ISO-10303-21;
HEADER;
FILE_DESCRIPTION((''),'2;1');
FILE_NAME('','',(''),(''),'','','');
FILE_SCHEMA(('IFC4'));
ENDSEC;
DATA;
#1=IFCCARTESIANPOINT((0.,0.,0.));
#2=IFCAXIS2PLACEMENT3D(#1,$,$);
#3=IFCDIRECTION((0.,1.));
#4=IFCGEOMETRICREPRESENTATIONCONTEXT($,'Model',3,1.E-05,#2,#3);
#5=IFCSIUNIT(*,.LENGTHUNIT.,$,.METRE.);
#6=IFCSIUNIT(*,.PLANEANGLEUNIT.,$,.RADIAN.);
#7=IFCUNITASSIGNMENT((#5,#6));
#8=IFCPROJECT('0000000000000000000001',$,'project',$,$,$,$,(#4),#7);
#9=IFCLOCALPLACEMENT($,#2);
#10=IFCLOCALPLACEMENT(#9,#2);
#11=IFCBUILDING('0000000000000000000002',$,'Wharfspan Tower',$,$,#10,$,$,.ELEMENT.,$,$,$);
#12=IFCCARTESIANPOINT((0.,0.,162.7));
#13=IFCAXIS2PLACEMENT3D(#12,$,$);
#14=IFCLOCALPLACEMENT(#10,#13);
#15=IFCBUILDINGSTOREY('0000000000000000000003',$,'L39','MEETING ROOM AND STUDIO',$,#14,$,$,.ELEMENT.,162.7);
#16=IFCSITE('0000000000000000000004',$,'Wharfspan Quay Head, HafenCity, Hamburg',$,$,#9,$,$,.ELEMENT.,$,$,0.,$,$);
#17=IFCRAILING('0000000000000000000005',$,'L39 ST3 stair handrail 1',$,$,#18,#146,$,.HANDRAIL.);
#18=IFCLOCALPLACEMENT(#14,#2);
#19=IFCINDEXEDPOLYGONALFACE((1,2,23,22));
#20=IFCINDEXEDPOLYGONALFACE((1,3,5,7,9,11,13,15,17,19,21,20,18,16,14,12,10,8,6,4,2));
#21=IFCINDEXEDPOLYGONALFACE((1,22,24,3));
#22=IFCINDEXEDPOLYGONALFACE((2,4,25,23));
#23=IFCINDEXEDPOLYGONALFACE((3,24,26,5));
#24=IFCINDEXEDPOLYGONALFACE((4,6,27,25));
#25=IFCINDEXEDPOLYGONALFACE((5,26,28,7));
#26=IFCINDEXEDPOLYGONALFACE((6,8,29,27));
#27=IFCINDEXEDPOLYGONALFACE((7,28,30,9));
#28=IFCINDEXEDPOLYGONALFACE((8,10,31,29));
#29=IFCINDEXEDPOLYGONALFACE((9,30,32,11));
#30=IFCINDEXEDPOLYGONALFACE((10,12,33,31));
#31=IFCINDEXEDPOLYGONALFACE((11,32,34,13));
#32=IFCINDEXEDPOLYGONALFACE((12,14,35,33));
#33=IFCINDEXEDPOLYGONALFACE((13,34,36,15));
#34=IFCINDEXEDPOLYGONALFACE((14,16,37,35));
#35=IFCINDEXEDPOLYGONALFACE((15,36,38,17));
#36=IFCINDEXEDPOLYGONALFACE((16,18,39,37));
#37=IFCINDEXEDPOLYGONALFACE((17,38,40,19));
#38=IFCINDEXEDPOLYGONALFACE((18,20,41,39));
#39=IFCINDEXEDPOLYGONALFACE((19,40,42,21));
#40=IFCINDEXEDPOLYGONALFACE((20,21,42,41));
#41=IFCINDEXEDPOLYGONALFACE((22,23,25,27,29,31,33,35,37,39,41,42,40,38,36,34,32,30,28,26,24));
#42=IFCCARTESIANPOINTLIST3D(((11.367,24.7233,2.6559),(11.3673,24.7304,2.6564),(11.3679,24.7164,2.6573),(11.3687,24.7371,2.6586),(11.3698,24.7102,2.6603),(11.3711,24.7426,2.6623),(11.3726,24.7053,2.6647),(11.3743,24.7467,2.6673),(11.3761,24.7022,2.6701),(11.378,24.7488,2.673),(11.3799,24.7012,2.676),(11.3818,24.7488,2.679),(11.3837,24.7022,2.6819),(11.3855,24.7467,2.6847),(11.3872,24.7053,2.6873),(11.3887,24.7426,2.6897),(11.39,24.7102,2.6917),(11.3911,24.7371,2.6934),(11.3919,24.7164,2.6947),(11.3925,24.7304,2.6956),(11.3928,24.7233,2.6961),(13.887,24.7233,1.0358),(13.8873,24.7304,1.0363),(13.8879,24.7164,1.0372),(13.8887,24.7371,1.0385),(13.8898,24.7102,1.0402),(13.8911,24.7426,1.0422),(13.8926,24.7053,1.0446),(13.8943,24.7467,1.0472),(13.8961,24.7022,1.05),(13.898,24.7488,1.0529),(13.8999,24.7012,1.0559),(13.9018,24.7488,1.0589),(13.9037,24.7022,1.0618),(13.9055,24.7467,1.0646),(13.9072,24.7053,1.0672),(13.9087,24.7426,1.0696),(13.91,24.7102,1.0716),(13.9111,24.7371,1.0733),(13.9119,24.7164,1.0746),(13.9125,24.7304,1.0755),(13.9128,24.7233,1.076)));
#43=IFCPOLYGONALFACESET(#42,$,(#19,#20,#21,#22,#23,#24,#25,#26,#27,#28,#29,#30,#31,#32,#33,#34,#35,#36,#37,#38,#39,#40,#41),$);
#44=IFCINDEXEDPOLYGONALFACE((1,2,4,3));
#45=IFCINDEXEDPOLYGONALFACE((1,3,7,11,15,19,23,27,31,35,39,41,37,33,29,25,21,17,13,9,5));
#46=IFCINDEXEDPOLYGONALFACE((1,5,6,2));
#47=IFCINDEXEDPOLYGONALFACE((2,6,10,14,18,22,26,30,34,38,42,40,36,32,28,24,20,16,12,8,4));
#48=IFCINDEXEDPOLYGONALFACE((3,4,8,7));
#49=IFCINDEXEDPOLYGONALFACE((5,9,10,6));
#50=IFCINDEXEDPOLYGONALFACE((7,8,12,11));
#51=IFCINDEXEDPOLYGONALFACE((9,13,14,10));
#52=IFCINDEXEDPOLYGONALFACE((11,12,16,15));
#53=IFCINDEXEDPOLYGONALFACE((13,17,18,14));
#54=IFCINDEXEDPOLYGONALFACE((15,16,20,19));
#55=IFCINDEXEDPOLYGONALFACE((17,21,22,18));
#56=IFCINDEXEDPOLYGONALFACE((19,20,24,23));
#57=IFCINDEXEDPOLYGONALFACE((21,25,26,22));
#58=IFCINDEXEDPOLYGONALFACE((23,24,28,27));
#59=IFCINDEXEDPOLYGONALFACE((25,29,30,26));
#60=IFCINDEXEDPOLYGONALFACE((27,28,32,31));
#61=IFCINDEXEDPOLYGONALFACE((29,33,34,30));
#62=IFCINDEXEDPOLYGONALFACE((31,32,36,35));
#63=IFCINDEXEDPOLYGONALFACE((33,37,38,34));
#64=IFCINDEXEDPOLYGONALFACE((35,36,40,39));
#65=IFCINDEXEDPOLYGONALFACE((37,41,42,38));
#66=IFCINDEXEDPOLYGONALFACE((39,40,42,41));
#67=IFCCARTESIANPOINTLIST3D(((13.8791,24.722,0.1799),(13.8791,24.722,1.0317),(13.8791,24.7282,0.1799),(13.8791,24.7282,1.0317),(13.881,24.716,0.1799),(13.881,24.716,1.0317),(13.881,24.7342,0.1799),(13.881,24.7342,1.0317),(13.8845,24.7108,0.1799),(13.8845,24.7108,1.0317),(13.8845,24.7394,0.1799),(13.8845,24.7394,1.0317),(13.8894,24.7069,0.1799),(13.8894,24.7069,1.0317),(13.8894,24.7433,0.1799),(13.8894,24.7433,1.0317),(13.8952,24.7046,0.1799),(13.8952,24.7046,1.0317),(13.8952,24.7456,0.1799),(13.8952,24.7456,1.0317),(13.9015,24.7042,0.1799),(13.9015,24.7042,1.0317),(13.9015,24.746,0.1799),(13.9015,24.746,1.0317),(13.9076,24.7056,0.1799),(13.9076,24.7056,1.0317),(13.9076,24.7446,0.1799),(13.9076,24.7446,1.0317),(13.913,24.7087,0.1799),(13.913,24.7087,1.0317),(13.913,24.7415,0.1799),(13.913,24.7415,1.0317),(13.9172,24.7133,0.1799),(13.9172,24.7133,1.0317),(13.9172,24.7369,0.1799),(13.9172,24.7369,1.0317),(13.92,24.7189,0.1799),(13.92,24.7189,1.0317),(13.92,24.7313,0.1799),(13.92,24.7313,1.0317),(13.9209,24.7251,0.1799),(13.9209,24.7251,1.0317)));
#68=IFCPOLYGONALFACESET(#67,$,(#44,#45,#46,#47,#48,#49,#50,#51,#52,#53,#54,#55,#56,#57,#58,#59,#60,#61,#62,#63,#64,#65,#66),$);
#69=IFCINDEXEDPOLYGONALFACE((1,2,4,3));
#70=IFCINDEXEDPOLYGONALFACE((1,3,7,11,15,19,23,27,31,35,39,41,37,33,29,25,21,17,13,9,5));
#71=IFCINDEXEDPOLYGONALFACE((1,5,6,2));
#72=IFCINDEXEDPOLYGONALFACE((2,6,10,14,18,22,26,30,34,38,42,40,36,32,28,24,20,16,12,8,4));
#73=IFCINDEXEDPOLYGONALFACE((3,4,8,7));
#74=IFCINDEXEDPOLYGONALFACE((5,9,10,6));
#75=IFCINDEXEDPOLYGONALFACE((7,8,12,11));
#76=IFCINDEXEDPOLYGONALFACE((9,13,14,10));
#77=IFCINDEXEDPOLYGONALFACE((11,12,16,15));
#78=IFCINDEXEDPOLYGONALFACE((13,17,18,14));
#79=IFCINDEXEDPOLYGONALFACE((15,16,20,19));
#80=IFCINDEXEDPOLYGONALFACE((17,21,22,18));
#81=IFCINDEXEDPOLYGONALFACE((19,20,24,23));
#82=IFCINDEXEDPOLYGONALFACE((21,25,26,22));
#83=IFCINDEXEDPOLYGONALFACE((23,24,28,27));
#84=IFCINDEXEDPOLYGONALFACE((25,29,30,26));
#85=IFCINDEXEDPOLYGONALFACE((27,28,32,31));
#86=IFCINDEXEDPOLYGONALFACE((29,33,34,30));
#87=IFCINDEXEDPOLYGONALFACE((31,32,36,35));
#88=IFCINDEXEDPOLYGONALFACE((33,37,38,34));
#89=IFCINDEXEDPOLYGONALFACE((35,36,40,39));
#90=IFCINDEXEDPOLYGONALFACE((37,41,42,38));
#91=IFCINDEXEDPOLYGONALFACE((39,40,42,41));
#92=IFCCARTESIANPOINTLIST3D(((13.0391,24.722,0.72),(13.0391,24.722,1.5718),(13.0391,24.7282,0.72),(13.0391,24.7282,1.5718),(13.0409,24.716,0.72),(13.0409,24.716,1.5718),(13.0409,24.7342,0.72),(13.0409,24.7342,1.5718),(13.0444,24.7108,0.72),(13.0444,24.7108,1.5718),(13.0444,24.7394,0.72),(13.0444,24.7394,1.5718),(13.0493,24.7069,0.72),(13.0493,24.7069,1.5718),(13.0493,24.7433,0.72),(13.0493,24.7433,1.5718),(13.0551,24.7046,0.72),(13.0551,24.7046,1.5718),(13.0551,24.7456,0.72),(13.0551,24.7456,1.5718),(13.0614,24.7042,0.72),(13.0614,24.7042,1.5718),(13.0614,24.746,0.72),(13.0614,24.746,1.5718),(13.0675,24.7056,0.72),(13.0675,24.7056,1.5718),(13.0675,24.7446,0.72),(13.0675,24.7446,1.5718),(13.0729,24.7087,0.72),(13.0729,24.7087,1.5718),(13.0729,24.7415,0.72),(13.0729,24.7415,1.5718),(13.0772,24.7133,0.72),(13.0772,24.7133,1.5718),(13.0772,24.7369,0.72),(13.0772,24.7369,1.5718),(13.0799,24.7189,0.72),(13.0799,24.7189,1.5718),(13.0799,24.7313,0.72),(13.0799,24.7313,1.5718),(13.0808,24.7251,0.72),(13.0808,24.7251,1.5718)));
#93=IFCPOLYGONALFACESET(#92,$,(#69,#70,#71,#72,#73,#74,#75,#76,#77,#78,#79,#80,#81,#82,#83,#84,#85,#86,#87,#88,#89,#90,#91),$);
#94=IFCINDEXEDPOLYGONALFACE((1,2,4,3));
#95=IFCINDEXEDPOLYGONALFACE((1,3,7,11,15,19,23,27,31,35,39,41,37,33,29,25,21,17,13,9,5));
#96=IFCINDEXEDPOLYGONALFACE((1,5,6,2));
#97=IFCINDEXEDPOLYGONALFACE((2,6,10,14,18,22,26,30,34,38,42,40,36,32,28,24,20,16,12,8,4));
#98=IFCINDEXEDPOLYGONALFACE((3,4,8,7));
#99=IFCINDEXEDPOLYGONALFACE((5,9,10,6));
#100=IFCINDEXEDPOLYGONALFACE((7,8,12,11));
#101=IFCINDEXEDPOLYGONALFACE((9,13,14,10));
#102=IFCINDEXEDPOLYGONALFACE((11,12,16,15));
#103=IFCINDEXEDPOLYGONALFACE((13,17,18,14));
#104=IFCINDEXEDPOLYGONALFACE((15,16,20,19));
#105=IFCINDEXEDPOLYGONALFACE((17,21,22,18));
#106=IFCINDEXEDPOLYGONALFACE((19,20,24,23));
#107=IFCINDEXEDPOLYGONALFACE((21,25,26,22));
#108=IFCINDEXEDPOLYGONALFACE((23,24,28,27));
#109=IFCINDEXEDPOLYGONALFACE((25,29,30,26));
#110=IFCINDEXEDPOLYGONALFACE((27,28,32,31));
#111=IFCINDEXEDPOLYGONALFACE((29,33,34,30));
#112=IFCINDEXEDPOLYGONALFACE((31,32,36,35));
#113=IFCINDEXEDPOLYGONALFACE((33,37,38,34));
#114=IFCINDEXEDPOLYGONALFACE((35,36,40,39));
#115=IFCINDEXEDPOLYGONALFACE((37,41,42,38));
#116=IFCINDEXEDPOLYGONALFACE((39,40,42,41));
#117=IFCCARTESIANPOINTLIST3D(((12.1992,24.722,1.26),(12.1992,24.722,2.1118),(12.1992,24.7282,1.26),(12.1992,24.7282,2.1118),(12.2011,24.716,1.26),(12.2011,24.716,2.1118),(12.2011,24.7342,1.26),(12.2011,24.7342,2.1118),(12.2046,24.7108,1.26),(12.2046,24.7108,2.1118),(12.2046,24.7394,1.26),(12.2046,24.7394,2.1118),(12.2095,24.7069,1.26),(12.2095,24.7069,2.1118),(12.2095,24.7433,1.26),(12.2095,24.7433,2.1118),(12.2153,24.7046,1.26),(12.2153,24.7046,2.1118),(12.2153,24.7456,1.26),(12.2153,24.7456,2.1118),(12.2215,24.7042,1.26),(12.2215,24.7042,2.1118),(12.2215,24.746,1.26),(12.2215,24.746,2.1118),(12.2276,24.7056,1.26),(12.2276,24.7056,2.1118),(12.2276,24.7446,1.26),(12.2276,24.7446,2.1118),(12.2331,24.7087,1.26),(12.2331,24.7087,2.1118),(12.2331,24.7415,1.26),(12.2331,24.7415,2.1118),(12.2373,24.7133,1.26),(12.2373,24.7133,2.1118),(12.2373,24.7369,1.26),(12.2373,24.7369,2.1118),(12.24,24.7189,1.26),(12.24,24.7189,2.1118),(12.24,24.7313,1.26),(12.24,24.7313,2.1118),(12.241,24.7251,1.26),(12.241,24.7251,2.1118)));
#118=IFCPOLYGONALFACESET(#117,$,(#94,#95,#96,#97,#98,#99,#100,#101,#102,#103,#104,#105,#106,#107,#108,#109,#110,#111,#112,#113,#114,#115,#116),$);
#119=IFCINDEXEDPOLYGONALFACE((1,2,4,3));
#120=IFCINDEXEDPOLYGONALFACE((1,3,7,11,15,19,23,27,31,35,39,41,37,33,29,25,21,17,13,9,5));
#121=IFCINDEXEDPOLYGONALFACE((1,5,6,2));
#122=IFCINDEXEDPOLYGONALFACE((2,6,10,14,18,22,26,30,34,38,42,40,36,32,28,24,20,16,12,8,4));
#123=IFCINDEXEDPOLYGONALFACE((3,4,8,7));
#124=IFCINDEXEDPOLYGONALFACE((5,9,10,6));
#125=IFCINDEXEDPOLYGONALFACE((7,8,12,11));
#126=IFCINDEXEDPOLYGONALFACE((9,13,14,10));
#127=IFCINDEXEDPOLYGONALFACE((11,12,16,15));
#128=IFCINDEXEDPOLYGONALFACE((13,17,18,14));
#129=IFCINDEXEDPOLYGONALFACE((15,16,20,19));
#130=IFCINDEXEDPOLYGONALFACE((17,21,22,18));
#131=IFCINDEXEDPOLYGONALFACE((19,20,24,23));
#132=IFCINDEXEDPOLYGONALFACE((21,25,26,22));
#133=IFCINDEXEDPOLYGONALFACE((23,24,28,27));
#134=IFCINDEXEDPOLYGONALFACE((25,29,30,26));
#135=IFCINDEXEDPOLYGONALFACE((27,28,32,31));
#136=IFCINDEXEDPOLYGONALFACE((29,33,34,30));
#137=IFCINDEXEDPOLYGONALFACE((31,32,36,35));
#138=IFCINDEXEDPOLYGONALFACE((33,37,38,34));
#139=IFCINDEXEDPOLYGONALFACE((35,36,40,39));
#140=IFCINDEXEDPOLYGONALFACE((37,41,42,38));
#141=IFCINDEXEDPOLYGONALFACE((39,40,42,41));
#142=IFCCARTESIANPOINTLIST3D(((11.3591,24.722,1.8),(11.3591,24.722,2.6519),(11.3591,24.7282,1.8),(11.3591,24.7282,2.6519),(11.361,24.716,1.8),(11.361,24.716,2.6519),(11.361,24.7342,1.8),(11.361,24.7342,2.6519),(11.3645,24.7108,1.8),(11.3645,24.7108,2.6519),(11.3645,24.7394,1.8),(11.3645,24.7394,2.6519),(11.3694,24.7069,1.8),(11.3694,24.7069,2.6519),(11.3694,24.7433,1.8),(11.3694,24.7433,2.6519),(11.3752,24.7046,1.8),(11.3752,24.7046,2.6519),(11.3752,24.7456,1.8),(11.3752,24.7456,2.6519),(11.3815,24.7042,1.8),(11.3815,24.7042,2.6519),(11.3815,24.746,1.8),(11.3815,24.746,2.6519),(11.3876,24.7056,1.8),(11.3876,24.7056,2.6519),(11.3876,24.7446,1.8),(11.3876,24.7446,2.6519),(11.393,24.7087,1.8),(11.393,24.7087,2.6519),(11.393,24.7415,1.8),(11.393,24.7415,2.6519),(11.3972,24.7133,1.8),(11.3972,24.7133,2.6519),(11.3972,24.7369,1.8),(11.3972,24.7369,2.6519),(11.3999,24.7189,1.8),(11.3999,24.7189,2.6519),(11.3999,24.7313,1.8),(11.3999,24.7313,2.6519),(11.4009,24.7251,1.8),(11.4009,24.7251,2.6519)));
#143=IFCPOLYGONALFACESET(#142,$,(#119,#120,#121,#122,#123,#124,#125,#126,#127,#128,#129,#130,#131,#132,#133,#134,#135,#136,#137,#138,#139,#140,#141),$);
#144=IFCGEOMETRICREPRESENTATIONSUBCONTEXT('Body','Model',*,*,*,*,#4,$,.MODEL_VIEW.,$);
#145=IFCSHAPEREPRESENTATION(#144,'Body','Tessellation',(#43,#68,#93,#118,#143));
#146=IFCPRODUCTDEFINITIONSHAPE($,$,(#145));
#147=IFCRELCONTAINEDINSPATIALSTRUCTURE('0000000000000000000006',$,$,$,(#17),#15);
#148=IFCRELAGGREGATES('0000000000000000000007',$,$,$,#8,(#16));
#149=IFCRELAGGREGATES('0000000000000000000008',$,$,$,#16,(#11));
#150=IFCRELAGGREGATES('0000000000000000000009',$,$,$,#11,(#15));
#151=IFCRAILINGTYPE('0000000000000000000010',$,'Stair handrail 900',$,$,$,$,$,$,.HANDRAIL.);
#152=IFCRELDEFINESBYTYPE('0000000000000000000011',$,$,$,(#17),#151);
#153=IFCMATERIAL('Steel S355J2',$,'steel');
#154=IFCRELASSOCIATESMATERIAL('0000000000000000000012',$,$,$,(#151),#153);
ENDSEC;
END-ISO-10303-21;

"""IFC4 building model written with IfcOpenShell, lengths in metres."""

from ifc_helpers import new_model, si_unit, direction, frame, origin, origin_2d, place, context, subcontext, project, spatial, circle, extrude, material, type_object, element, save


model = new_model("IFC4")

# Units and contexts
model_context = context("Model", 3, precision=1e-05, world=origin(), true_north=direction((0.0, 1.0)))
body_context = subcontext(model_context, "Body", "Model", "MODEL_VIEW")
ifc_project = project(units=[si_unit("LENGTHUNIT", "METRE"), si_unit("PLANEANGLEUNIT", "RADIAN")], contexts=[model_context])

# Site, building, storey
site_placement = place(None, origin())
site = spatial("IfcSite", under=ifc_project, at=site_placement, Name="Wharfspan Quay Head, HafenCity, Hamburg", CompositionType="ELEMENT", RefElevation=0.0)
building_placement = place(site_placement, origin())
building = spatial("IfcBuilding", under=site, at=building_placement, Name="Wharfspan Tower", CompositionType="ELEMENT")
storey_placement = place(building_placement, frame((0.0, 0.0, 162.7)))
storey = spatial("IfcBuildingStorey", under=building, at=storey_placement, Name="L39", Description="MEETING ROOM AND STUDIO", CompositionType="ELEMENT", Elevation=162.7)

# Shared definitions
ifc_material_1 = material(Name="Steel S355J2", Category="steel")

# Railing
railing_type_1 = type_object("IfcRailingType", Name="Stair handrail 900", PredefinedType="HANDRAIL", material=ifc_material_1)
railing_1_placement = place(storey_placement, frame((13.8999, 24.7251, 0.1799)))
element("IfcRailing", 1, at=railing_1_placement, inside=storey, type_object=railing_type_1, Name="L39 ST3 stair handrail 1", PredefinedType="HANDRAIL", context=body_context, shape_type="SweptSolid", body=[
    extrude(circle(Radius=0.0239, at=origin_2d()), frame((0.0, 0.0, 0.876), z_axis=(-0.841163, 0.0, 0.540782), x_axis=(0.0, -1.0, 0.0)), (0.0, 0.0, 1.0), 2.9958),
    extrude(circle(Radius=0.021, at=origin_2d()), origin(), (0.0, 0.0, 1.0), 0.8518),
    extrude(circle(Radius=0.021, at=origin_2d()), frame((-0.8401, 0.0, 0.54)), (0.0, 0.0, 1.0), 0.8518),
    extrude(circle(Radius=0.021, at=origin_2d()), frame((-1.6799, 0.0, 1.0801)), (0.0, 0.0, 1.0), 0.8518),
    extrude(circle(Radius=0.021, at=origin_2d()), frame((-2.52, 0.0, 1.6201)), (0.0, 0.0, 1.0), 0.8518),
])

save(model, "model.ifc")
